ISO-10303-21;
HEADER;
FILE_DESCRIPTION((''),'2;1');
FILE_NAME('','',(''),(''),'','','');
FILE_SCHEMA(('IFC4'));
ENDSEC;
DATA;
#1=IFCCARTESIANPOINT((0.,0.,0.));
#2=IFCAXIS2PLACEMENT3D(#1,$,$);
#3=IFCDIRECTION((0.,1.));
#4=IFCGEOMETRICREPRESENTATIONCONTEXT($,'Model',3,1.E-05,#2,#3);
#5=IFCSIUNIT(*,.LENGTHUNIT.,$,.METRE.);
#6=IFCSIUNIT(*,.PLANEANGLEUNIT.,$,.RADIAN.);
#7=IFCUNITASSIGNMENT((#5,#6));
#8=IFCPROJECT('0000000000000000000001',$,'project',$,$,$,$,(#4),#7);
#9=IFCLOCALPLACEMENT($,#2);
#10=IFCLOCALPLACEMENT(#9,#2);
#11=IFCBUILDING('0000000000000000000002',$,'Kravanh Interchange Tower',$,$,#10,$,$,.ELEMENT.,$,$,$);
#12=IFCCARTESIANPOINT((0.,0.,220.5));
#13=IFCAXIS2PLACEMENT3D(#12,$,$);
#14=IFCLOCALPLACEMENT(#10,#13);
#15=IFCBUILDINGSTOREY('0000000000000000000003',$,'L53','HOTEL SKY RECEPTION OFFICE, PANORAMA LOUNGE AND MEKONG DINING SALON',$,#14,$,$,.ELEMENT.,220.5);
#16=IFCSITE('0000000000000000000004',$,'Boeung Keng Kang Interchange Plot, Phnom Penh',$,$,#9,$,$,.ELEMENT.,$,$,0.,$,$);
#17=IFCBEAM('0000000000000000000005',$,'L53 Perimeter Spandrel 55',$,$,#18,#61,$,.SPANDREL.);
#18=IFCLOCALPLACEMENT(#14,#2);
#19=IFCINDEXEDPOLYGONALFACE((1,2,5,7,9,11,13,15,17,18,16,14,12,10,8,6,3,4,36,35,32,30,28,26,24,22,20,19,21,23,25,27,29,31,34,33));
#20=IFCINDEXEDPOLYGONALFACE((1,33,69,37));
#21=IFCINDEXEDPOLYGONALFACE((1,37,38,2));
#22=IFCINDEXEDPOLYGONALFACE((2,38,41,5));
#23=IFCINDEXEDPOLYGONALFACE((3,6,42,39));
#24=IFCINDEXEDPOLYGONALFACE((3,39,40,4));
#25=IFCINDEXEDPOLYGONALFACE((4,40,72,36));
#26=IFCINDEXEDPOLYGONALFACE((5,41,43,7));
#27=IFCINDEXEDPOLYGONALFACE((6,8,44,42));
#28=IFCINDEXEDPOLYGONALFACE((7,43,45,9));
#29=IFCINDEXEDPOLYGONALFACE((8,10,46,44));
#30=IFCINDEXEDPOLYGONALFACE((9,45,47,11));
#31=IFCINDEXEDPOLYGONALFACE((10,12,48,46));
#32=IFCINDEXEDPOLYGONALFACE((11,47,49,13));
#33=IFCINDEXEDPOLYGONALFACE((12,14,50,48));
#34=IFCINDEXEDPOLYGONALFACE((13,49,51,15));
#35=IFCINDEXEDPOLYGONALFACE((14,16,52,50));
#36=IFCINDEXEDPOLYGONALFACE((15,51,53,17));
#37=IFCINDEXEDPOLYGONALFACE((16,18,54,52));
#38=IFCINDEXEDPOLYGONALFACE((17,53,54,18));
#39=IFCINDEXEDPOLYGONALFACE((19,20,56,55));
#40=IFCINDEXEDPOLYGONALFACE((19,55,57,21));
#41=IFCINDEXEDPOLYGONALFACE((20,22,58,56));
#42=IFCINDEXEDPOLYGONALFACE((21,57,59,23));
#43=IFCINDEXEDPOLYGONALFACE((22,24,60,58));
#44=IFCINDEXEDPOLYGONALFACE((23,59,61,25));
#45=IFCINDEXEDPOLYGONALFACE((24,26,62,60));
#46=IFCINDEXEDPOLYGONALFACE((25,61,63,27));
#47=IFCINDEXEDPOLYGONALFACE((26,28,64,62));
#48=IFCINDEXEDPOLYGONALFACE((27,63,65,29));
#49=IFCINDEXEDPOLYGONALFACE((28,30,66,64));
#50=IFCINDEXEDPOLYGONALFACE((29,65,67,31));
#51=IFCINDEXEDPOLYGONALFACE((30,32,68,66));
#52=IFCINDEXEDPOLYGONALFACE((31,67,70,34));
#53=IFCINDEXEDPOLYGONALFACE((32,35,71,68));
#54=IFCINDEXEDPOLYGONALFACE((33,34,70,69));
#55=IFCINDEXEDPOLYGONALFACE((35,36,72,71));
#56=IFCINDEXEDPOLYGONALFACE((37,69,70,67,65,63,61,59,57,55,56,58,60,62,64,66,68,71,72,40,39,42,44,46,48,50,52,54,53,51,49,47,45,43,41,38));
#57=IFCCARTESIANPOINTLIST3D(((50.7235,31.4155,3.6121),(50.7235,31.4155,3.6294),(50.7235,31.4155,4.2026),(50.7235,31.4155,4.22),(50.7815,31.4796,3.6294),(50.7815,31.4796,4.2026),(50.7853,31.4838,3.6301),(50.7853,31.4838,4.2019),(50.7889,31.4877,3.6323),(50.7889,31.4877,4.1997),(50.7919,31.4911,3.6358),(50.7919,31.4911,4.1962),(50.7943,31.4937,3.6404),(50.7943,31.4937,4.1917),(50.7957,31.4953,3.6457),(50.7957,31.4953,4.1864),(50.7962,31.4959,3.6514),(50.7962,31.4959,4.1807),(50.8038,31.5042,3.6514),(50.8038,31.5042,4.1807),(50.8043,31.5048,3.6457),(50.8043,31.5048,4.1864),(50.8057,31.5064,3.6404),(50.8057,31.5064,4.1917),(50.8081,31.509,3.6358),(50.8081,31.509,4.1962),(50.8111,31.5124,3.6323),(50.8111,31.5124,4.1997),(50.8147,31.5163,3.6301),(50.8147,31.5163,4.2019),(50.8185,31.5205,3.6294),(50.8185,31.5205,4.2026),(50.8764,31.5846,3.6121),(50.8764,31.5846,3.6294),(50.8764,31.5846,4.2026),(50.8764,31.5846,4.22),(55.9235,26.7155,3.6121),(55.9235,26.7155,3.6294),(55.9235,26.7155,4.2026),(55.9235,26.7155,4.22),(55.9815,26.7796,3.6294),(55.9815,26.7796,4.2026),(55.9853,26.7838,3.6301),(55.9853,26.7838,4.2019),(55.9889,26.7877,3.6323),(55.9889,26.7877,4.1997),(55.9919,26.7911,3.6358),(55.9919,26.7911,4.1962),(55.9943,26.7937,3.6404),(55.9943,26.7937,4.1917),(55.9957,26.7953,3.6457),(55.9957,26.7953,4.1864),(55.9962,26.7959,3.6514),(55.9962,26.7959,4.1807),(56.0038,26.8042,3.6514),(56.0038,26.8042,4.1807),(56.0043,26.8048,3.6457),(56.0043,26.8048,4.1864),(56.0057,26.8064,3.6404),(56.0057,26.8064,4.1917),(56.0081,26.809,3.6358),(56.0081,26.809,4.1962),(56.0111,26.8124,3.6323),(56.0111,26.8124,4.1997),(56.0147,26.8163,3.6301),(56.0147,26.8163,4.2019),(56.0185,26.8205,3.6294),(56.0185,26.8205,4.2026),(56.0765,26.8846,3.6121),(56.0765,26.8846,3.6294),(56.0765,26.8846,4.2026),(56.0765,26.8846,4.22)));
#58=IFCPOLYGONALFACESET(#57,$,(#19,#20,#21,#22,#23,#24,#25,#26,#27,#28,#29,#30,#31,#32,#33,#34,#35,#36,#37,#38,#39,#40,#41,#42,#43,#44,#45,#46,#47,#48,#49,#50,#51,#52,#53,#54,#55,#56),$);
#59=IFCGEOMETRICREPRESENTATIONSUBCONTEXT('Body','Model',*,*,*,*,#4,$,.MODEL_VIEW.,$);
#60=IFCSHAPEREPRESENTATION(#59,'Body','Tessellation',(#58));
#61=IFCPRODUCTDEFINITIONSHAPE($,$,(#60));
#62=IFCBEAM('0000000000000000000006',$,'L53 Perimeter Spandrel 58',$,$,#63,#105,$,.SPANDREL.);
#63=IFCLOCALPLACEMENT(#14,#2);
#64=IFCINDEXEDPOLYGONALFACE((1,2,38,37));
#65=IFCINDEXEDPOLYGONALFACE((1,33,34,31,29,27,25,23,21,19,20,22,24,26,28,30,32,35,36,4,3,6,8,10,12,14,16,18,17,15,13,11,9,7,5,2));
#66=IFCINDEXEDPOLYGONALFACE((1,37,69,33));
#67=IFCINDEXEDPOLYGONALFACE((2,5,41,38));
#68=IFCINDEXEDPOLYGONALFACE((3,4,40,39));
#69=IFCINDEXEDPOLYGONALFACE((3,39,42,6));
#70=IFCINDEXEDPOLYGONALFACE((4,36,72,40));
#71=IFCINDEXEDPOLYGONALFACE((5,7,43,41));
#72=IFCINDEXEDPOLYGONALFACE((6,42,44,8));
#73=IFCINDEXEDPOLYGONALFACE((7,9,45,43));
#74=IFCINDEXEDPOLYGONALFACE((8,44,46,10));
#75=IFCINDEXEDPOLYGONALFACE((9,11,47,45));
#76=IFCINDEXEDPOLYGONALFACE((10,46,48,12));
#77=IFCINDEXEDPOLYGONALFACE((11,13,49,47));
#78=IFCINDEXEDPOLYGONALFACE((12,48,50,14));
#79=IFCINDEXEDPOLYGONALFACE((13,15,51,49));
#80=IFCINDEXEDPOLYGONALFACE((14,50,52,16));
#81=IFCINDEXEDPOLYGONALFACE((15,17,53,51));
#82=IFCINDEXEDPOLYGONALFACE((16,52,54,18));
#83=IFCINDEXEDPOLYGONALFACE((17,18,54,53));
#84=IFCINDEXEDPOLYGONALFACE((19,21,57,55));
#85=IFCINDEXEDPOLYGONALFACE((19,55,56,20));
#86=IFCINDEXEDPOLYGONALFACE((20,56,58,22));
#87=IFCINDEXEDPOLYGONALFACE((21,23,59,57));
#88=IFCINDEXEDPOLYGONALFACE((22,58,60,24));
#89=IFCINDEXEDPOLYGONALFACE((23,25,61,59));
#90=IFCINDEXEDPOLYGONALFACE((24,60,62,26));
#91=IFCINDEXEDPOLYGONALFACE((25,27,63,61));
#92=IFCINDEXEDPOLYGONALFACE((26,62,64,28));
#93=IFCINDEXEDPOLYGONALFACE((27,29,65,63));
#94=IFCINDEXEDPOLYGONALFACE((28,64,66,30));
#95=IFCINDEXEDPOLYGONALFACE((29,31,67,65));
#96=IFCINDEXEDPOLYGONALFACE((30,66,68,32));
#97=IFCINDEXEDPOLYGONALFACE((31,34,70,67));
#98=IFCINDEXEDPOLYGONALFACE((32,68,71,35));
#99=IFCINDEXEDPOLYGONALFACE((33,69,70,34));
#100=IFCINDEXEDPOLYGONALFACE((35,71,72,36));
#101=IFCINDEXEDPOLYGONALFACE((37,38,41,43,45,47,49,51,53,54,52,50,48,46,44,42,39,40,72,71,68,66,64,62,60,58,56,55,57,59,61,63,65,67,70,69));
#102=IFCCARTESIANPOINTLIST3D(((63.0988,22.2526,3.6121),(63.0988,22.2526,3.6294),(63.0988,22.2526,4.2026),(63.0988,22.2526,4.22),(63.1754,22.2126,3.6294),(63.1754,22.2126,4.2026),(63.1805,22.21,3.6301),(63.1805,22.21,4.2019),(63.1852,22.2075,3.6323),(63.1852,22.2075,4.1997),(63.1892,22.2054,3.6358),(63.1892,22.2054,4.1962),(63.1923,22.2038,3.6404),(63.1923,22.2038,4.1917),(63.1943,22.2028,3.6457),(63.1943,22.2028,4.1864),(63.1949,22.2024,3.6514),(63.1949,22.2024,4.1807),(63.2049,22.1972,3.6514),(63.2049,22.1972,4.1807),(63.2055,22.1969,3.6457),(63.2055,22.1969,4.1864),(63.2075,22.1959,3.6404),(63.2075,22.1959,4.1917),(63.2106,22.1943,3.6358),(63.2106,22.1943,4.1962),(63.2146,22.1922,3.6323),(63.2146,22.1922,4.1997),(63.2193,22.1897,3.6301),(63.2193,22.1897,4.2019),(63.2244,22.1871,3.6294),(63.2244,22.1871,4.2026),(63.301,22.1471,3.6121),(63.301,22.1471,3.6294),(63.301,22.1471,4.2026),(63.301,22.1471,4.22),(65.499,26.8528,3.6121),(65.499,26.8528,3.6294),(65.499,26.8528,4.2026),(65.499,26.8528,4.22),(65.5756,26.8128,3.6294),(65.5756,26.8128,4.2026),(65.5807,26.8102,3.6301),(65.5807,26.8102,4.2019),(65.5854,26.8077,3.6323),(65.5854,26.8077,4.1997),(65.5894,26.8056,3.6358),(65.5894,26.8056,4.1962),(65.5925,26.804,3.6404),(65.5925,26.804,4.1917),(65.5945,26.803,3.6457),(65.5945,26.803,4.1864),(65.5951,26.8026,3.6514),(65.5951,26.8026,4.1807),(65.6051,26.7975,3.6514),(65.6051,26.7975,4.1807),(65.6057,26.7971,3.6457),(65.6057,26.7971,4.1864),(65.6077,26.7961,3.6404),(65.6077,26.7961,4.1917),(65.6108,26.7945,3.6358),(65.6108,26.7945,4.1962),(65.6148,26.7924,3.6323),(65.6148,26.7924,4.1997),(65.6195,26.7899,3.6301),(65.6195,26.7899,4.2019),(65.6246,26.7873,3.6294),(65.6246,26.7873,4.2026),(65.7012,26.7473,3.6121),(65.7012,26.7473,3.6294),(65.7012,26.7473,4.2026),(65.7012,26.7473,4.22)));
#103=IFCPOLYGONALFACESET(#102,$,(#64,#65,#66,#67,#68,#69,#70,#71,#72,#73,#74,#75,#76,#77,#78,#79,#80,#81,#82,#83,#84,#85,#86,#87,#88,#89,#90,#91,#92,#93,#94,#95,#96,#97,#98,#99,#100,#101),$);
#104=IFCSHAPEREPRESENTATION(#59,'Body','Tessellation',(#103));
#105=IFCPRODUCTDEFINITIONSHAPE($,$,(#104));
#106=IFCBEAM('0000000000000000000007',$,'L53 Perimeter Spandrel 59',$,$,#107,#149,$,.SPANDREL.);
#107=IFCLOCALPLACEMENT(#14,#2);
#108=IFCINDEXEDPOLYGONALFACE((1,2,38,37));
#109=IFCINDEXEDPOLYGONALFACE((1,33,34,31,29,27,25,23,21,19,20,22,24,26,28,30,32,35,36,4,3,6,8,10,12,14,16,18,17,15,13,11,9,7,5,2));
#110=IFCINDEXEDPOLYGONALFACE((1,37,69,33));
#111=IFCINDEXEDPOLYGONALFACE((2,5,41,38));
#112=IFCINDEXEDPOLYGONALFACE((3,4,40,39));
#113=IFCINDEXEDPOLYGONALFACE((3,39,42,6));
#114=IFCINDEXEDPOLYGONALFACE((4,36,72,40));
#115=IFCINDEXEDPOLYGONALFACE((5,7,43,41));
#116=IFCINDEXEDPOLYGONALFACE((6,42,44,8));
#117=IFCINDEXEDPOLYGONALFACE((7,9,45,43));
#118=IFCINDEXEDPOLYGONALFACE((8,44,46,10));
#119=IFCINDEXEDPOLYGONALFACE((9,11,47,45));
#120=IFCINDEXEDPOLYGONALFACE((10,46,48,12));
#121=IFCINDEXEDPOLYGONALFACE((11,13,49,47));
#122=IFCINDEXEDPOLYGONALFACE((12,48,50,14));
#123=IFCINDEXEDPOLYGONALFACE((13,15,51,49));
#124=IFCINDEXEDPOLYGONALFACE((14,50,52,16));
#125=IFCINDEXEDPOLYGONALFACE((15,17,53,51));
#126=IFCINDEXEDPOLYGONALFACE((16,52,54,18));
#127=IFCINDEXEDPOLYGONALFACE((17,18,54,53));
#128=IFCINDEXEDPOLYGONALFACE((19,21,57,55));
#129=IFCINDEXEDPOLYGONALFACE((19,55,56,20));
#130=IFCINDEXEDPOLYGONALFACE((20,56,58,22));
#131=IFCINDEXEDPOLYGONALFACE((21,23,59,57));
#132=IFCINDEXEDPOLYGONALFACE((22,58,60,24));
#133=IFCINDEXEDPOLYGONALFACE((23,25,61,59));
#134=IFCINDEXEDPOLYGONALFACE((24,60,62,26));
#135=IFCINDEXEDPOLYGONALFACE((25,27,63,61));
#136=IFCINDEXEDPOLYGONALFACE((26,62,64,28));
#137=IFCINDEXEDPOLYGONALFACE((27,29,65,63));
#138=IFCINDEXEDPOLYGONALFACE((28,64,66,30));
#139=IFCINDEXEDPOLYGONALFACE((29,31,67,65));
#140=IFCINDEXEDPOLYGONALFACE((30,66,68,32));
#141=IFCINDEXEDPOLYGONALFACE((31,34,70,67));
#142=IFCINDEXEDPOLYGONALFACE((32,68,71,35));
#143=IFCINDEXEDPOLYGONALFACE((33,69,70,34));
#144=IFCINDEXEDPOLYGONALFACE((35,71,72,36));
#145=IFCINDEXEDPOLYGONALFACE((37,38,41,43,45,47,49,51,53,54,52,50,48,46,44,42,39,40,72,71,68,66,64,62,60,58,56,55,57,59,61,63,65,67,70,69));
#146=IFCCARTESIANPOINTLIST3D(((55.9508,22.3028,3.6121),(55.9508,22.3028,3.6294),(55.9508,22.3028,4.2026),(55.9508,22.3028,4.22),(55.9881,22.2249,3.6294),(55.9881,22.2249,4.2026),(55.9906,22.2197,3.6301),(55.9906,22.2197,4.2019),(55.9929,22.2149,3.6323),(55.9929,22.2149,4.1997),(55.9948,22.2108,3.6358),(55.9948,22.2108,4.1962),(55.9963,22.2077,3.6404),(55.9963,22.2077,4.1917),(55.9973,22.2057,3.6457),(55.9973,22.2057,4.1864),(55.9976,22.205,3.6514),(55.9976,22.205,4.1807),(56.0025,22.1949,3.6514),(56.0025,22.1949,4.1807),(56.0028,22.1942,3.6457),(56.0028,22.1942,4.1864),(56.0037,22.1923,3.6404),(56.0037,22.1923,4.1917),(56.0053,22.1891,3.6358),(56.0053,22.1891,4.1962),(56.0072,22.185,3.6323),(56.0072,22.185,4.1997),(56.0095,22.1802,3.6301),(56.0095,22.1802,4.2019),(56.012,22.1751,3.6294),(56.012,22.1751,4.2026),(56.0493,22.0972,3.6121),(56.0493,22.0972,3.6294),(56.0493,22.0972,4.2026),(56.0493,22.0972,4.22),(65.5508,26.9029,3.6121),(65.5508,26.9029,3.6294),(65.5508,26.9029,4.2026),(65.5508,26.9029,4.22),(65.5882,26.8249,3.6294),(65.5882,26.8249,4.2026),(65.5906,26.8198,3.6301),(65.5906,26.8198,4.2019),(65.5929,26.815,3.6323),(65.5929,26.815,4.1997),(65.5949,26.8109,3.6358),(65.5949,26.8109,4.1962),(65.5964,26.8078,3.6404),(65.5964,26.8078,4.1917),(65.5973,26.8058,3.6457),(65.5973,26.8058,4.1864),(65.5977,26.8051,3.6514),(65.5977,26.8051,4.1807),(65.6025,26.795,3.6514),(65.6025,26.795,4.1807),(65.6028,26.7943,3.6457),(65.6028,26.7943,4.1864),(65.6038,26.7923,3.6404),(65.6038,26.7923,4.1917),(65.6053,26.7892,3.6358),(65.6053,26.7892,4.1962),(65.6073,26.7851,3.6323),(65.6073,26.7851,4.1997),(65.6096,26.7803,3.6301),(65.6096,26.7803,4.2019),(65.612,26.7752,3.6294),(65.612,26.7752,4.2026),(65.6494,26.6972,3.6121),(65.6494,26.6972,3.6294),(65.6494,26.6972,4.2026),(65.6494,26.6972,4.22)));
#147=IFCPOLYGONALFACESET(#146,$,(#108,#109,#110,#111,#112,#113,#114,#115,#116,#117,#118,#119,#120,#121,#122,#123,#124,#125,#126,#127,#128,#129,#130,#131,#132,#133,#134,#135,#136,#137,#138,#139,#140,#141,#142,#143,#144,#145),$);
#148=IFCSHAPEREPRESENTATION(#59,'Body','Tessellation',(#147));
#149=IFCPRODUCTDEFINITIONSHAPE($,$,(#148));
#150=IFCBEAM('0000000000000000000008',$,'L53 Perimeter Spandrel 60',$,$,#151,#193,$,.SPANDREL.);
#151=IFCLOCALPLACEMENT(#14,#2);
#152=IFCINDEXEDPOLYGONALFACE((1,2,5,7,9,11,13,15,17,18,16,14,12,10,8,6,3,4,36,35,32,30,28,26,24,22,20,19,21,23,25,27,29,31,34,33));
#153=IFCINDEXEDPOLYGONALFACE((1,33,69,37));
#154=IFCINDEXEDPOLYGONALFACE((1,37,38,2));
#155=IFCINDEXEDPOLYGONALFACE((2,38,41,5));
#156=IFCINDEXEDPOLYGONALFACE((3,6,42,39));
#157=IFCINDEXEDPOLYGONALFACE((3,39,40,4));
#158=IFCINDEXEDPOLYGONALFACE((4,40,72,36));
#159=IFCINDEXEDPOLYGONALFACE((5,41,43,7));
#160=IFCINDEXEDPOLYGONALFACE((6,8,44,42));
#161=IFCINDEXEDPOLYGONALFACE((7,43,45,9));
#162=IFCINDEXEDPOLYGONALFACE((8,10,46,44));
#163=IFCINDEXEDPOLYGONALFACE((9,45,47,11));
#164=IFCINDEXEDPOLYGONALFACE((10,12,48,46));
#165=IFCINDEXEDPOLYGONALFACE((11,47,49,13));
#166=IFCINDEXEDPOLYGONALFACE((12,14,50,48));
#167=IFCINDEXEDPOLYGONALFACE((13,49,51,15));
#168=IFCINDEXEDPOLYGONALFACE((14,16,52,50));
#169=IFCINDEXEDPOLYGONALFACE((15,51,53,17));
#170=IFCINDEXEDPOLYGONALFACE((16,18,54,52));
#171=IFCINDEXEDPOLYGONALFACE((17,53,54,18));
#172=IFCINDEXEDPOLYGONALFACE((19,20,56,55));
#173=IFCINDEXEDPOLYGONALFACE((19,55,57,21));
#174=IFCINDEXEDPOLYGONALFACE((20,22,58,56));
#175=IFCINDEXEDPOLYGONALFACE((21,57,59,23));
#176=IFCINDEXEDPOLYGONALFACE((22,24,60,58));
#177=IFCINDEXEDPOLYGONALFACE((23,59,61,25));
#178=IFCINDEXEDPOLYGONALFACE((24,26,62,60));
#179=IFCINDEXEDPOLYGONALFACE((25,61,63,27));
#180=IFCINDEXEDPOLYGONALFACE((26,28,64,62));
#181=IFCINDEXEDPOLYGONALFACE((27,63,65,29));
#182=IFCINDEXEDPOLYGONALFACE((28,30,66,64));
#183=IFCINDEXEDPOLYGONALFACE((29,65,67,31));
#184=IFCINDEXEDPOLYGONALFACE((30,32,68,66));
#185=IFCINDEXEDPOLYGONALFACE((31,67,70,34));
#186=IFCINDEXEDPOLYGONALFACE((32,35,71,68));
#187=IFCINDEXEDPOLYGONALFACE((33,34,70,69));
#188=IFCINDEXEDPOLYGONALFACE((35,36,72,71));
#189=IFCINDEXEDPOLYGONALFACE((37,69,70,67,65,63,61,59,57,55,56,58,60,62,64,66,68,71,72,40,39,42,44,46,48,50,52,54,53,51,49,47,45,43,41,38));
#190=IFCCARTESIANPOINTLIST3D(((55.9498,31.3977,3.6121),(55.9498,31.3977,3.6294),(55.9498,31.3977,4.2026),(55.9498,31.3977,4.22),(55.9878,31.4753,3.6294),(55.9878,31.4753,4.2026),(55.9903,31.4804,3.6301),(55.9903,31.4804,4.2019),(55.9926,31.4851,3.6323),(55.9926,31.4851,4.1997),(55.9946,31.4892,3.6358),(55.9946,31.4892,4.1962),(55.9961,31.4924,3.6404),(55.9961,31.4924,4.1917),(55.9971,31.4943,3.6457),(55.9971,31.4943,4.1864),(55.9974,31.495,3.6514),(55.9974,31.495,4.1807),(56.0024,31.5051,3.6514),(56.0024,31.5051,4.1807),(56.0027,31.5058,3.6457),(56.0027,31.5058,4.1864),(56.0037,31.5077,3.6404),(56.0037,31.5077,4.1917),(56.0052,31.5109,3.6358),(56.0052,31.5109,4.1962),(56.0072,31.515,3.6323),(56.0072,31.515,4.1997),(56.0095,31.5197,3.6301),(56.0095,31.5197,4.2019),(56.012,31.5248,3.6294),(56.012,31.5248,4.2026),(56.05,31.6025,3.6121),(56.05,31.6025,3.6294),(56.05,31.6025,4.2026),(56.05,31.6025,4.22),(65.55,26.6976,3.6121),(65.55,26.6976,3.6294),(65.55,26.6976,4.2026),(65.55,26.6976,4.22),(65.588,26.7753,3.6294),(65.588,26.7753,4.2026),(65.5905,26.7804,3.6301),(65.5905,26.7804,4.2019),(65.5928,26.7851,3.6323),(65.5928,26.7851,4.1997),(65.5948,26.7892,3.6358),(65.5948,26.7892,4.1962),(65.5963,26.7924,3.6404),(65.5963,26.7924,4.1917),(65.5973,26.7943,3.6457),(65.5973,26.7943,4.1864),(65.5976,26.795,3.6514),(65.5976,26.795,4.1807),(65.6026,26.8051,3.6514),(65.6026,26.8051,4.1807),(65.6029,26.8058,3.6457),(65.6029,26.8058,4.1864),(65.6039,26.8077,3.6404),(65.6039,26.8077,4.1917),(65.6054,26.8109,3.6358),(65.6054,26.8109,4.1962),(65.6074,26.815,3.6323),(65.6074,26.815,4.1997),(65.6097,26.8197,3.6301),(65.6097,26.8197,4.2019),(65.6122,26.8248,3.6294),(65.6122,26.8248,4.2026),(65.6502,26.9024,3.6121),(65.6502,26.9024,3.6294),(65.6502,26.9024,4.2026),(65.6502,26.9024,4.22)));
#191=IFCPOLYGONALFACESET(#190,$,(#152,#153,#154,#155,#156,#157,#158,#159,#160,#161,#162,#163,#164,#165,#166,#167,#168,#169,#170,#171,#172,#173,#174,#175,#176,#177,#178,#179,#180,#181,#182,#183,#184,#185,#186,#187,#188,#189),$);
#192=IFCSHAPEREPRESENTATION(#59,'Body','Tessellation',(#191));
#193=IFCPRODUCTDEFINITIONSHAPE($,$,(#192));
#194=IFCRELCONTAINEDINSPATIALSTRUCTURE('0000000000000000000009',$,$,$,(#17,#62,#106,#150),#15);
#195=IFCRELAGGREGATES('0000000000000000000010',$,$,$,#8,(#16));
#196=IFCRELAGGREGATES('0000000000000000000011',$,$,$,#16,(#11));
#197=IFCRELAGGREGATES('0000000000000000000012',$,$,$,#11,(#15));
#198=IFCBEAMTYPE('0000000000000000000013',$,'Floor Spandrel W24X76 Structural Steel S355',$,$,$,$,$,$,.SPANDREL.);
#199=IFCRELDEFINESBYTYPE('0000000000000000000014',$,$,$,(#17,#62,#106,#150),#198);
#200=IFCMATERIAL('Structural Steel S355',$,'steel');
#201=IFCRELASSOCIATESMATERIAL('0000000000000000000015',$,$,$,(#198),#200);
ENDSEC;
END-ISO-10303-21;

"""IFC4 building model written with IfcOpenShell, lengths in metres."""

from ifc_helpers import new_model, si_unit, direction, frame, origin, origin_2d, place, context, subcontext, project, spatial, i_section, extrude, material, material_profile, profile_set, type_object, element, save


model = new_model("IFC4")

# Units and contexts
model_context = context("Model", 3, precision=1e-05, world=origin(), true_north=direction((0.0, 1.0)))
body_context = subcontext(model_context, "Body", "Model", "MODEL_VIEW")
ifc_project = project(units=[si_unit("LENGTHUNIT", "METRE"), si_unit("PLANEANGLEUNIT", "RADIAN")], contexts=[model_context])

# Site, building, storey
site_placement = place(None, origin())
site = spatial("IfcSite", under=ifc_project, at=site_placement, Name="Boeung Keng Kang Interchange Plot, Phnom Penh", CompositionType="ELEMENT", RefElevation=0.0)
building_placement = place(site_placement, origin())
building = spatial("IfcBuilding", under=site, at=building_placement, Name="Kravanh Interchange Tower", CompositionType="ELEMENT")
storey_placement = place(building_placement, frame((0.0, 0.0, 220.5)))
storey = spatial("IfcBuildingStorey", under=building, at=storey_placement, Name="L53", Description="HOTEL SKY RECEPTION OFFICE, PANORAMA LOUNGE AND MEKONG DINING SALON", CompositionType="ELEMENT", Elevation=220.5)

# Beams
ifc_material_1 = material(Name="Structural Steel S355", Category="steel")
ifc_material_profile_1 = material_profile(ifc_material_1, i_section(OverallWidth=0.228, OverallDepth=0.6079, WebThickness=0.0112, FlangeThickness=0.0173, FilletRadius=0.022, at=origin_2d()), Name="W24X76")
ifc_profile_set_1 = profile_set([ifc_material_profile_1], Name="Structural Steel S355")
beam_type_1 = type_object("IfcBeamType", Name="Floor Spandrel W24X76 Structural Steel S355", PredefinedType="SPANDREL", material=ifc_profile_set_1)
beam_1_placement = place(storey_placement, frame((56.0, 26.8, 3.916), z_axis=(-0.741874, 0.670539, 0.0), x_axis=(-0.670539, -0.741874, 0.0)))
element("IfcBeam", 1, at=beam_1_placement, inside=storey, type_object=beam_type_1, Name="L53 Perimeter Spandrel 55", PredefinedType="SPANDREL", context=body_context, shape_type="SweptSolid", body=[
    extrude(i_section(OverallWidth=0.228, OverallDepth=0.6079, WebThickness=0.0112, FlangeThickness=0.0173, FilletRadius=0.022, at=origin_2d()), origin(), (0.0, 0.0, 1.0), 7.0093),
])
beam_2_placement = place(storey_placement, frame((65.6001, 26.8, 3.916), z_axis=(-0.46258, -0.886577, 0.0), x_axis=(0.886577, -0.46258, 0.0)))
element("IfcBeam", 2, at=beam_2_placement, inside=storey, type_object=beam_type_1, Name="L53 Perimeter Spandrel 58", PredefinedType="SPANDREL", context=body_context, shape_type="SweptSolid", body=[
    extrude(i_section(OverallWidth=0.228, OverallDepth=0.6079, WebThickness=0.0112, FlangeThickness=0.0173, FilletRadius=0.022, at=origin_2d()), origin(), (0.0, 0.0, 1.0), 5.1887),
])
beam_3_placement = place(storey_placement, frame((65.6001, 26.8, 3.916), z_axis=(-0.901814, -0.432124, 0.0), x_axis=(0.432124, -0.901814, 0.0)))
element("IfcBeam", 3, at=beam_3_placement, inside=storey, type_object=beam_type_1, Name="L53 Perimeter Spandrel 59", PredefinedType="SPANDREL", context=body_context, shape_type="SweptSolid", body=[
    extrude(i_section(OverallWidth=0.228, OverallDepth=0.6079, WebThickness=0.0112, FlangeThickness=0.0173, FilletRadius=0.022, at=origin_2d()), origin(), (0.0, 0.0, 1.0), 10.6453),
])
beam_4_placement = place(storey_placement, frame((65.6001, 26.8, 3.916), z_axis=(-0.898142, 0.439706, 0.0), x_axis=(-0.439706, -0.898142, 0.0)))
element("IfcBeam", 4, at=beam_4_placement, inside=storey, type_object=beam_type_1, Name="L53 Perimeter Spandrel 60", PredefinedType="SPANDREL", context=body_context, shape_type="SweptSolid", body=[
    extrude(i_section(OverallWidth=0.228, OverallDepth=0.6079, WebThickness=0.0112, FlangeThickness=0.0173, FilletRadius=0.022, at=origin_2d()), origin(), (0.0, 0.0, 1.0), 10.689),
])

save(model, "model.ifc")
